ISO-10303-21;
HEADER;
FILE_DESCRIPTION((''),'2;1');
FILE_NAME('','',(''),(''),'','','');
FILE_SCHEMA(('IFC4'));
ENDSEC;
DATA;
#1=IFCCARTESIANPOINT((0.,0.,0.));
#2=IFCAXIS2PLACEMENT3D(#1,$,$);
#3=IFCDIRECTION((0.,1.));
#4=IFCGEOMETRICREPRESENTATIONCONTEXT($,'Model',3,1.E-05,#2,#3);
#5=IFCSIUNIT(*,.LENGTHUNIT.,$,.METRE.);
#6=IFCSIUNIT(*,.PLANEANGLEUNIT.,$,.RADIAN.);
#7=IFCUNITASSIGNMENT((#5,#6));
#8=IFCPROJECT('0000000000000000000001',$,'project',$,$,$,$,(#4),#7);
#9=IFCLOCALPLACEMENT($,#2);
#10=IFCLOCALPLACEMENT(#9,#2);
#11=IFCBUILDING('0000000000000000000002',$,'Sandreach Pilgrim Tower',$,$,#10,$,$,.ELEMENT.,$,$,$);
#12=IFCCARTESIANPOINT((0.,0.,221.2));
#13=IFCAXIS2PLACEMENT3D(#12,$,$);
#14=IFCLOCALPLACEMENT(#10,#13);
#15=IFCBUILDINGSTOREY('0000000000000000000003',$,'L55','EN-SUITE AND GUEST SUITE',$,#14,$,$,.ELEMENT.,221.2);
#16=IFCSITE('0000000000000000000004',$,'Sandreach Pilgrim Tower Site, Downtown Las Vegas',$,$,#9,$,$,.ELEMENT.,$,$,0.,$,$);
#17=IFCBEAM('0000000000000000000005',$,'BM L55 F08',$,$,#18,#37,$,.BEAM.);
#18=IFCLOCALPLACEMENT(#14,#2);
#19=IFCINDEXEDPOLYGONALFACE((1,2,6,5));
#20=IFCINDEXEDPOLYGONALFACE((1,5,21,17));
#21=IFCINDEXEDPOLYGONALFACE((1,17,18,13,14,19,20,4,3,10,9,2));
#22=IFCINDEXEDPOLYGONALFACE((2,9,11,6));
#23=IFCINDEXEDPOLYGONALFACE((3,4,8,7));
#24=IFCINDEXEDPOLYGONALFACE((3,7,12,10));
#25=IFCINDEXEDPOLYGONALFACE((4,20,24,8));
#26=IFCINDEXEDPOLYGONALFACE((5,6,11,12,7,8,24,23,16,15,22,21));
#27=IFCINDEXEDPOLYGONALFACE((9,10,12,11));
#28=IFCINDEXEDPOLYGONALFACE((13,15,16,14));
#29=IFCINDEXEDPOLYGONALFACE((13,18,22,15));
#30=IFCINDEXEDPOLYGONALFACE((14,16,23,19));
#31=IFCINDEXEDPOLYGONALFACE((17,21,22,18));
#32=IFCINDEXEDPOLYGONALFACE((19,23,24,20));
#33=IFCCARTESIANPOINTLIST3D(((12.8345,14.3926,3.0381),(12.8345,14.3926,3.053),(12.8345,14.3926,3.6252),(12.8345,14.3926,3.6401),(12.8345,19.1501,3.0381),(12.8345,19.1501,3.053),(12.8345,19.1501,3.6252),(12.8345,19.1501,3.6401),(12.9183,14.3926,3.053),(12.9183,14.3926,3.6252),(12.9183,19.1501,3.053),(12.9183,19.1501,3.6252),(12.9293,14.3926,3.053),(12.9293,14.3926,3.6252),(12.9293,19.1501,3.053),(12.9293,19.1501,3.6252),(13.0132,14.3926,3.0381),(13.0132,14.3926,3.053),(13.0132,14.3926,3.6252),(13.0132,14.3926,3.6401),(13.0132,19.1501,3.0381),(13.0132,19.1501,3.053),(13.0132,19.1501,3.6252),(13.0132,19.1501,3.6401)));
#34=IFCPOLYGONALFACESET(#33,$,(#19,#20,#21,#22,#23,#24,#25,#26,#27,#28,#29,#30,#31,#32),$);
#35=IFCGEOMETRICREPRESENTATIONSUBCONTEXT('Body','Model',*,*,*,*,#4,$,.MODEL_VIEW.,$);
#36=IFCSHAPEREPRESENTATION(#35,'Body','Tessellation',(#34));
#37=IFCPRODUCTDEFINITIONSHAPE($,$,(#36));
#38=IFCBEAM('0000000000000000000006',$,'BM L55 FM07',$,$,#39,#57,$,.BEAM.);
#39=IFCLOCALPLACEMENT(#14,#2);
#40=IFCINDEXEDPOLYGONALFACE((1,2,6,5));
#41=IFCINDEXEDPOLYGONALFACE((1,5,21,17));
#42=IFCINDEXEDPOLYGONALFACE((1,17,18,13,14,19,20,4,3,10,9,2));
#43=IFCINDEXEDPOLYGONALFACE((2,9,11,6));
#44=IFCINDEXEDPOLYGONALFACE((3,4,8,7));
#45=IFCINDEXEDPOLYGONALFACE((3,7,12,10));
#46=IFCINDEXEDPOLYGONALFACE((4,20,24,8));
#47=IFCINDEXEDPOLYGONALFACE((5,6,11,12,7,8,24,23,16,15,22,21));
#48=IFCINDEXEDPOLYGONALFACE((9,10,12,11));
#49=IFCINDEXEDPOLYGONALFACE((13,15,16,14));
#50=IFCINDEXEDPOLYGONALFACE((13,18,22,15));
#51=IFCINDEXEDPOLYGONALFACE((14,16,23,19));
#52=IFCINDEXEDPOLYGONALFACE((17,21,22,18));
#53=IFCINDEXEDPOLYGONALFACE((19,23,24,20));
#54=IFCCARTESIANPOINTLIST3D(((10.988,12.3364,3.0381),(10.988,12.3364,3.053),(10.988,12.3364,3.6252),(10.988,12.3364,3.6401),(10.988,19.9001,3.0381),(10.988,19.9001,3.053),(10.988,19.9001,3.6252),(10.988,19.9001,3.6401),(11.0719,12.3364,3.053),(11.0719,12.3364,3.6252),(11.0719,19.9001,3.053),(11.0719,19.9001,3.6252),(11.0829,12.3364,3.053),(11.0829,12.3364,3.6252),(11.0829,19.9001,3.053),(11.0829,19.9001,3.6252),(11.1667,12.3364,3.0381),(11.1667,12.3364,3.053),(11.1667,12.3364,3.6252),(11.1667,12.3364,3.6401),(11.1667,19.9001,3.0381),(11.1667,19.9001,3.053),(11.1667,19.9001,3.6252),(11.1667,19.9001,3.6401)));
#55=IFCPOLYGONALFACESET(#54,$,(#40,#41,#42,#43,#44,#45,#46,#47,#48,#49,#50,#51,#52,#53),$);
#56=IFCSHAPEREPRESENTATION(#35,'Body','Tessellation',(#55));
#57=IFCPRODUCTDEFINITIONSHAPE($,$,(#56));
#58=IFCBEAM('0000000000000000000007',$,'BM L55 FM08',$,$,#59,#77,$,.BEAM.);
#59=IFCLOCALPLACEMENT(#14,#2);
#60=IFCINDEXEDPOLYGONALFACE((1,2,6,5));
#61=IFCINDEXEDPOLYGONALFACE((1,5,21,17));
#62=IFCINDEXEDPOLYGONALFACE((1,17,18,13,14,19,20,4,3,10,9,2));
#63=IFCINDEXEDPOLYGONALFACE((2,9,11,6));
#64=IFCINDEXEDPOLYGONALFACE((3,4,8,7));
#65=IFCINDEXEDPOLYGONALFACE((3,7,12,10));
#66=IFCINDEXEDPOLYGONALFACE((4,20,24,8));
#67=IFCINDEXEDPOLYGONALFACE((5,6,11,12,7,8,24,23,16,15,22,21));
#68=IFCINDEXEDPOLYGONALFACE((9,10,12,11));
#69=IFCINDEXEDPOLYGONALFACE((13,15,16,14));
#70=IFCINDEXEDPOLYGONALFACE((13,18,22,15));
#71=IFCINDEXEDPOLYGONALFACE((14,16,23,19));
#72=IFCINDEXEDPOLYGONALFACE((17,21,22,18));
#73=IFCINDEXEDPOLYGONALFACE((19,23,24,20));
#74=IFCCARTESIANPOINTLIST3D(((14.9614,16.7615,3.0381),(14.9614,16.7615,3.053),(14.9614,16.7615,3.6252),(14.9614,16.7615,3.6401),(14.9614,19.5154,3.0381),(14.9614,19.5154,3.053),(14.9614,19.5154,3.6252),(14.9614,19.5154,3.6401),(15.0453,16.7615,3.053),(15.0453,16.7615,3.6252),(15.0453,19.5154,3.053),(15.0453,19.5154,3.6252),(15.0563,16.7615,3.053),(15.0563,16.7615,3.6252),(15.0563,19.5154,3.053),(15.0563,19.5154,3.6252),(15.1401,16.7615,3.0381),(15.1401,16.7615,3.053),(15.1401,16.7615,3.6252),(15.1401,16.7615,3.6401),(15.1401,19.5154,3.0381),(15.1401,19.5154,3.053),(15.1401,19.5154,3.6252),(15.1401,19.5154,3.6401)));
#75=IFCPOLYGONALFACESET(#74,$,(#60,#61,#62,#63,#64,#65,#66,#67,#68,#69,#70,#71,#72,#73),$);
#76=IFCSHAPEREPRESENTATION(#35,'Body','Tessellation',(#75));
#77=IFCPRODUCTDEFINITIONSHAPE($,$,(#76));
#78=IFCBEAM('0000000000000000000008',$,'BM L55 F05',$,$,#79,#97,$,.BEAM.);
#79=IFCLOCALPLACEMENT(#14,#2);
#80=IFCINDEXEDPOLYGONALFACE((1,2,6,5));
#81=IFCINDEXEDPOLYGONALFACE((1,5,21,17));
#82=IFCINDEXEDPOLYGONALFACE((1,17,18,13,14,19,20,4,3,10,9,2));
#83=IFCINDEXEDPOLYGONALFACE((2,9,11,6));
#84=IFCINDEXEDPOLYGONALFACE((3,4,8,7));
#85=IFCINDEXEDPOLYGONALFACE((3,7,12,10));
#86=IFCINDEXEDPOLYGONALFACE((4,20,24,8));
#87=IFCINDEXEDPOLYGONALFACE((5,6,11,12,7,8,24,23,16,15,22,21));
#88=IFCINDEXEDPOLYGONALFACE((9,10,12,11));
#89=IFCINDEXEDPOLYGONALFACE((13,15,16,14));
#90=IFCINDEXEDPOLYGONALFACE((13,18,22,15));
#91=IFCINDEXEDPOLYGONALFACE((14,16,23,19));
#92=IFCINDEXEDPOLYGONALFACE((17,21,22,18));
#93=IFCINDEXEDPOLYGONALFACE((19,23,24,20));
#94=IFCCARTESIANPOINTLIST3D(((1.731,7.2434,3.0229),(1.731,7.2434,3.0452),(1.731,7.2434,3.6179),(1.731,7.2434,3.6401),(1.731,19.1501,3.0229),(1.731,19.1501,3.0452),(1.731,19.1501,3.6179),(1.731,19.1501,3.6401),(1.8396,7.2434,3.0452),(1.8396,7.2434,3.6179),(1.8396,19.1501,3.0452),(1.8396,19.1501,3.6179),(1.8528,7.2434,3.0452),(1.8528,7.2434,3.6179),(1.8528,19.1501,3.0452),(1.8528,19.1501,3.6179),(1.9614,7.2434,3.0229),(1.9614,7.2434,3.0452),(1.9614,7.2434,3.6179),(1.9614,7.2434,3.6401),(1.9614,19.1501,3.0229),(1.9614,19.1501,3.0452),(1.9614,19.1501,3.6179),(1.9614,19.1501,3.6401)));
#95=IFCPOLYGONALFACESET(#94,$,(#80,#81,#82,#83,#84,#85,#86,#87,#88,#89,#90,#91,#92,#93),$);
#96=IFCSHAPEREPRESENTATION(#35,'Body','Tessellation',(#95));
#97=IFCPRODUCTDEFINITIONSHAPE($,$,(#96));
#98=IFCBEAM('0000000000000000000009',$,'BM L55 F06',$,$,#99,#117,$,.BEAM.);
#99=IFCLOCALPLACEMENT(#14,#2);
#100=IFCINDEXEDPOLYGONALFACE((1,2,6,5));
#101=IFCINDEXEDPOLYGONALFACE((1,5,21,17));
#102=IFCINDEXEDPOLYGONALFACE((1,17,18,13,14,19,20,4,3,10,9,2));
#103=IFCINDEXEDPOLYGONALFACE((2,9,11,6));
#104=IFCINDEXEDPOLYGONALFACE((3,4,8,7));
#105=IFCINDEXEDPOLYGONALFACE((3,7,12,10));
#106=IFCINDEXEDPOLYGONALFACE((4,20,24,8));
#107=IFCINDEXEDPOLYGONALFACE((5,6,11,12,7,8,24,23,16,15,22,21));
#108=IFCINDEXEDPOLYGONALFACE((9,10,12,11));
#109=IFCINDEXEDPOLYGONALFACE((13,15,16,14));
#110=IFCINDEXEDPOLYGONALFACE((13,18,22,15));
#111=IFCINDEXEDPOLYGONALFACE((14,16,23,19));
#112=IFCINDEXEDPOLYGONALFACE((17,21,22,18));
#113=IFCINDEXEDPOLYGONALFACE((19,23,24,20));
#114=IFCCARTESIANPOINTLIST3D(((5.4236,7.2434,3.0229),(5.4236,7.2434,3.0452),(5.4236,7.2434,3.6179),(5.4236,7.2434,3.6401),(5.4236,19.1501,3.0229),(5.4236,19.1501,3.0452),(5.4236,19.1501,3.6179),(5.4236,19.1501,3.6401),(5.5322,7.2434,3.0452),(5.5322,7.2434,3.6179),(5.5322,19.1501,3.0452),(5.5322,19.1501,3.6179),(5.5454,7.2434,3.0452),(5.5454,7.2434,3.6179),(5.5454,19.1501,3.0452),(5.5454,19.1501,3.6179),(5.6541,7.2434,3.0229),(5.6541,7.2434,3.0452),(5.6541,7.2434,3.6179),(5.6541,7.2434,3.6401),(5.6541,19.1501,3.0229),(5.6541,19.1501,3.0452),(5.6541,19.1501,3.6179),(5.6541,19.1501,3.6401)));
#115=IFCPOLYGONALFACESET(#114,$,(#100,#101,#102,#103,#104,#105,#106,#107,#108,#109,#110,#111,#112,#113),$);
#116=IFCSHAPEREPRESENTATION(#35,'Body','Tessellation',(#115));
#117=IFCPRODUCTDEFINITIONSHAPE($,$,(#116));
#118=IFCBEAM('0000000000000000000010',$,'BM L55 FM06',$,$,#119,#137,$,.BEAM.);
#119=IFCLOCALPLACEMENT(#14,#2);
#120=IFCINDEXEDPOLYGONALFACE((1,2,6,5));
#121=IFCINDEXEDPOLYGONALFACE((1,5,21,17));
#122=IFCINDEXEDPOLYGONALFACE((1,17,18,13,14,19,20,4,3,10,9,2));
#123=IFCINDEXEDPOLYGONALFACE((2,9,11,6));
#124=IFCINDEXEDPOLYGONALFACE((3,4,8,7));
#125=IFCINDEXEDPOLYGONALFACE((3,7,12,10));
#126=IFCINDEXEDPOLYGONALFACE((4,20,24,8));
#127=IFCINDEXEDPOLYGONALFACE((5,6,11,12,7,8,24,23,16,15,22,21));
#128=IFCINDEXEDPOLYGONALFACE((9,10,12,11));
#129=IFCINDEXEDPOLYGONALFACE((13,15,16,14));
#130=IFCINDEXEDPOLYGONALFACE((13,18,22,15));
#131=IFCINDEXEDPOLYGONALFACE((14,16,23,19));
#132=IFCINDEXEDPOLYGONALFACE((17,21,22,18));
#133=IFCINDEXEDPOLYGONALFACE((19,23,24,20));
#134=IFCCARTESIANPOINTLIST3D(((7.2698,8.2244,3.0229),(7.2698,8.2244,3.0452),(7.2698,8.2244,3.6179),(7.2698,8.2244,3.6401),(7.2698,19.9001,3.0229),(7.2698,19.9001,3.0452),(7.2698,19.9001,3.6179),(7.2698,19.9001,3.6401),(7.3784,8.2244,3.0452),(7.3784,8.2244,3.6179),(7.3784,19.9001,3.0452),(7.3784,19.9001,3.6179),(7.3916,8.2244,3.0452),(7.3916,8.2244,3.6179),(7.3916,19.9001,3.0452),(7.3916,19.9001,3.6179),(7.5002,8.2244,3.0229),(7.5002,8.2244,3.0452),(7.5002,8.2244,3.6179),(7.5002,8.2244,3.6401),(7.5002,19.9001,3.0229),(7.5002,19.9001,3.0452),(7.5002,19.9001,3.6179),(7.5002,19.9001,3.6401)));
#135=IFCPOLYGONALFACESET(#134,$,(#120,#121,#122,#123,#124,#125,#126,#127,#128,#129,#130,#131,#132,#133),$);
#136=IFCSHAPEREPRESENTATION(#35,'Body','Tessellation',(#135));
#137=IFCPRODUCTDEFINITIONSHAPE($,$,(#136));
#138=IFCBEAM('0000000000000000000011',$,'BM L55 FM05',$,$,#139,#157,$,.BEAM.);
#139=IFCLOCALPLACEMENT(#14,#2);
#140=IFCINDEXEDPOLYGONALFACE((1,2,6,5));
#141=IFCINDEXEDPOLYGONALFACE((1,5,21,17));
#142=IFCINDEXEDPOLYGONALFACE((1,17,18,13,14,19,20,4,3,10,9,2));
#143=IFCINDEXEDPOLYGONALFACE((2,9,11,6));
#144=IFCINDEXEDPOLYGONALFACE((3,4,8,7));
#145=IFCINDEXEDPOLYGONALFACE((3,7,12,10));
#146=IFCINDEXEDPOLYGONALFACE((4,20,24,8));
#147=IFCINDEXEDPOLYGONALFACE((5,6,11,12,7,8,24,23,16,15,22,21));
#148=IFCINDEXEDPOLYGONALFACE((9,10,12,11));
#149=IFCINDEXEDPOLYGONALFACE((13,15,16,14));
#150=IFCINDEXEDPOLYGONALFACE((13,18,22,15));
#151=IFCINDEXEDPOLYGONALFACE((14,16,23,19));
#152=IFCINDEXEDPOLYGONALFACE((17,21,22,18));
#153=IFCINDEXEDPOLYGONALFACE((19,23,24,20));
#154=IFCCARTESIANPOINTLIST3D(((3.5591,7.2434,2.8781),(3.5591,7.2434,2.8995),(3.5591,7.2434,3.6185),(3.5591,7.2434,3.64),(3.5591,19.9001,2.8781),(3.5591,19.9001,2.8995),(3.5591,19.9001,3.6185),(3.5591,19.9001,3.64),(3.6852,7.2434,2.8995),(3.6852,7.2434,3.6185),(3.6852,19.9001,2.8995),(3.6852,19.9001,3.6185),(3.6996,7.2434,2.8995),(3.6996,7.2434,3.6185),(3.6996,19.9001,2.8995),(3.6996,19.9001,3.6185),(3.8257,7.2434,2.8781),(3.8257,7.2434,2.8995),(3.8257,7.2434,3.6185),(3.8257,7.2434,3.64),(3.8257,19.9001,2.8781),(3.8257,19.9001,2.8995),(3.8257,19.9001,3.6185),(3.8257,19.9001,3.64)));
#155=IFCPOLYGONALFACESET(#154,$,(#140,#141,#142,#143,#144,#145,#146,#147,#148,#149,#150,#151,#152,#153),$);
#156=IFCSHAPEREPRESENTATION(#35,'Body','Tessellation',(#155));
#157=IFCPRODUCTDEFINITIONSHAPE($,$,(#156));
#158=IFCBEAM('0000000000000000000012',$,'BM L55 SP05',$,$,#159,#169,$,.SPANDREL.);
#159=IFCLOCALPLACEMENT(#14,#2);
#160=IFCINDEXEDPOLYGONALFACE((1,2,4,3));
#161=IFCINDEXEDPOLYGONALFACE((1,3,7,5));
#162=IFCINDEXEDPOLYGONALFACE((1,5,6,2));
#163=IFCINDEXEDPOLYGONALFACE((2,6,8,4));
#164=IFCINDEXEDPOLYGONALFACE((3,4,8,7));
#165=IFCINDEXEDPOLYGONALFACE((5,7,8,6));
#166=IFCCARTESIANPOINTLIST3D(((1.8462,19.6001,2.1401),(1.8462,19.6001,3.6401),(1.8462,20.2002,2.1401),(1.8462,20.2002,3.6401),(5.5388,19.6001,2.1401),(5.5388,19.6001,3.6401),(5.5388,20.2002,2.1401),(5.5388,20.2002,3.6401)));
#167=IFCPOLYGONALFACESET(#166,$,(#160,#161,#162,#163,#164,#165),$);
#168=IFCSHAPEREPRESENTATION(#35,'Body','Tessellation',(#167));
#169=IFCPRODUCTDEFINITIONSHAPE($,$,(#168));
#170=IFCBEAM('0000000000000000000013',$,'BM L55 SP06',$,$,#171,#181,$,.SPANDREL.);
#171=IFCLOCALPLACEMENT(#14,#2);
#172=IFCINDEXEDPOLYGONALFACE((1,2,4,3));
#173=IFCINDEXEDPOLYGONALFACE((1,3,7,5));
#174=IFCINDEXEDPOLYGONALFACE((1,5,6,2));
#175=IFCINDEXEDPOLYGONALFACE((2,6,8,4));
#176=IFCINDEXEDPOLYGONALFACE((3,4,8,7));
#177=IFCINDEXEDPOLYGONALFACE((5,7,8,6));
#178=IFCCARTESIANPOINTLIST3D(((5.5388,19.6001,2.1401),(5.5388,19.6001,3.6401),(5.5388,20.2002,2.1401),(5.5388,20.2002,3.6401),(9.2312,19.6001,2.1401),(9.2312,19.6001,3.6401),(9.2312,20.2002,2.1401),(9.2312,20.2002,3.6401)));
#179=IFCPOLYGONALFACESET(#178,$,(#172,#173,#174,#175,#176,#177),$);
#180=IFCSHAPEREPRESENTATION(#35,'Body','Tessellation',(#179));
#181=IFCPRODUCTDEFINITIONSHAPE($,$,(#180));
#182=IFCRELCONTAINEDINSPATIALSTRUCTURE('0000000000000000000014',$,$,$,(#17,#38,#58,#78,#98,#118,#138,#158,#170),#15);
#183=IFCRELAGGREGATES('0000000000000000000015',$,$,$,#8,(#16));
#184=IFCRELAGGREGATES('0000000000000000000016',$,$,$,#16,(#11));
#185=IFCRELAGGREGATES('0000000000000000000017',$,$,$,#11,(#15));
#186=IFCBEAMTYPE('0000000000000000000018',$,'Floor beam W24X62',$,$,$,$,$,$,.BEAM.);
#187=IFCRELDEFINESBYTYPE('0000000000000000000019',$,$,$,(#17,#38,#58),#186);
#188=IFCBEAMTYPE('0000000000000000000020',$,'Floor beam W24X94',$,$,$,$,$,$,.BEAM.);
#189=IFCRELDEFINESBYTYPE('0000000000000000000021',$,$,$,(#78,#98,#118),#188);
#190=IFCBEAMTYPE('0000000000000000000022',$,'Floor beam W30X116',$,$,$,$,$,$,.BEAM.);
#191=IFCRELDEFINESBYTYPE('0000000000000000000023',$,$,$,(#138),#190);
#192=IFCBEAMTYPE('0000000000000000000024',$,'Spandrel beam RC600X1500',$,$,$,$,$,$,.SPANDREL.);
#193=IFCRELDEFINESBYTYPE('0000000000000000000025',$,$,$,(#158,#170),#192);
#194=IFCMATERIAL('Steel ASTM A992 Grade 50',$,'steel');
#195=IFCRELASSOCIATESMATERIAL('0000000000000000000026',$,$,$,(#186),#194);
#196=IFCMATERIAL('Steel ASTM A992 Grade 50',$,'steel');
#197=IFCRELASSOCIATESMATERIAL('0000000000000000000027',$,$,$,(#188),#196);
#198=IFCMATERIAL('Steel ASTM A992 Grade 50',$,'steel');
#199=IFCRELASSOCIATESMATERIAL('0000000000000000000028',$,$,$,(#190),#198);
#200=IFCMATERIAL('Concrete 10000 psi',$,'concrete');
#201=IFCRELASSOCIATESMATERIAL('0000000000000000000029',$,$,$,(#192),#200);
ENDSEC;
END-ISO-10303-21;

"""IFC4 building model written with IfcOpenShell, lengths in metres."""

from ifc_helpers import new_model, si_unit, direction, frame, origin, origin_2d, place, context, subcontext, project, spatial, rectangle, i_section, extrude, material, material_profile, profile_set, type_object, element, save


model = new_model("IFC4")

# Units and contexts
model_context = context("Model", 3, precision=1e-05, world=origin(), true_north=direction((0.0, 1.0)))
body_context = subcontext(model_context, "Body", "Model", "MODEL_VIEW")
ifc_project = project(units=[si_unit("LENGTHUNIT", "METRE"), si_unit("PLANEANGLEUNIT", "RADIAN")], contexts=[model_context])

# Site, building, storey
site_placement = place(None, origin())
site = spatial("IfcSite", under=ifc_project, at=site_placement, Name="Sandreach Pilgrim Tower Site, Downtown Las Vegas", CompositionType="ELEMENT", RefElevation=0.0)
building_placement = place(site_placement, origin())
building = spatial("IfcBuilding", under=site, at=building_placement, Name="Sandreach Pilgrim Tower", CompositionType="ELEMENT")
storey_placement = place(building_placement, frame((0.0, 0.0, 221.2)))
storey = spatial("IfcBuildingStorey", under=building, at=storey_placement, Name="L55", Description="EN-SUITE AND GUEST SUITE", CompositionType="ELEMENT", Elevation=221.2)

# Beams
ifc_material_1 = material(Name="Steel ASTM A992 Grade 50", Category="steel")
ifc_material_profile_1 = material_profile(ifc_material_1, i_section(OverallWidth=0.1787, OverallDepth=0.6021, WebThickness=0.011, FlangeThickness=0.0149, at=origin_2d()), Name="W24X62")
ifc_profile_set_1 = profile_set([ifc_material_profile_1], Name="Steel ASTM A992 Grade 50")
beam_type_1 = type_object("IfcBeamType", Name="Floor beam W24X62", PredefinedType="BEAM", material=ifc_profile_set_1)
beam_1_placement = place(storey_placement, frame((12.9238, 19.1501, 3.3391), z_axis=(0.0, -1.0, 0.0), x_axis=(1.0, 0.0, 0.0)))
element("IfcBeam", 1, at=beam_1_placement, inside=storey, type_object=beam_type_1, Name="BM L55 F08", PredefinedType="BEAM", context=body_context, shape_type="SweptSolid", body=[
    extrude(i_section(OverallWidth=0.1787, OverallDepth=0.6021, WebThickness=0.011, FlangeThickness=0.0149, at=origin_2d()), origin(), (0.0, 0.0, 1.0), 4.7576),
])
beam_2_placement = place(storey_placement, frame((11.0774, 19.9001, 3.3391), z_axis=(0.0, -1.0, 0.0), x_axis=(1.0, 0.0, 0.0)))
element("IfcBeam", 2, at=beam_2_placement, inside=storey, type_object=beam_type_1, Name="BM L55 FM07", PredefinedType="BEAM", context=body_context, shape_type="SweptSolid", body=[
    extrude(i_section(OverallWidth=0.1787, OverallDepth=0.6021, WebThickness=0.011, FlangeThickness=0.0149, at=origin_2d()), origin(), (0.0, 0.0, 1.0), 7.5637),
])
beam_3_placement = place(storey_placement, frame((15.0508, 19.5154, 3.3391), z_axis=(0.0, -1.0, 0.0), x_axis=(1.0, 0.0, 0.0)))
element("IfcBeam", 3, at=beam_3_placement, inside=storey, type_object=beam_type_1, Name="BM L55 FM08", PredefinedType="BEAM", context=body_context, shape_type="SweptSolid", body=[
    extrude(i_section(OverallWidth=0.1787, OverallDepth=0.6021, WebThickness=0.011, FlangeThickness=0.0149, at=origin_2d()), origin(), (0.0, 0.0, 1.0), 2.7539),
])
ifc_material_2 = material(Name="Steel ASTM A992 Grade 50", Category="steel")
ifc_material_profile_2 = material_profile(ifc_material_2, i_section(OverallWidth=0.2305, OverallDepth=0.6172, WebThickness=0.0132, FlangeThickness=0.0222, at=origin_2d()), Name="W24X94")
ifc_profile_set_2 = profile_set([ifc_material_profile_2], Name="Steel ASTM A992 Grade 50")
beam_type_2 = type_object("IfcBeamType", Name="Floor beam W24X94", PredefinedType="BEAM", material=ifc_profile_set_2)
for number, where, z_axis, x_axis, name in (
    (4, (1.8462, 19.1501, 3.3315), (0.0, -1.0, 0.0), (1.0, 0.0, 0.0), "BM L55 F05"),
    (5, (5.5388, 19.1501, 3.3315), (0.0, -1.0, 0.0), (1.0, 0.0, 0.0), "BM L55 F06"),
):
    element("IfcBeam", number, at=place(storey_placement, frame(where, z_axis=z_axis, x_axis=x_axis)), inside=storey, type_object=beam_type_2, Name=name, PredefinedType="BEAM", context=body_context, shape_type="SweptSolid", body=[
        extrude(i_section(OverallWidth=0.2305, OverallDepth=0.6172, WebThickness=0.0132, FlangeThickness=0.0222, at=origin_2d()), origin(), (0.0, 0.0, 1.0), 11.9067),
    ])
beam_4_placement = place(storey_placement, frame((7.385, 19.9001, 3.3315), z_axis=(0.0, -1.0, 0.0), x_axis=(1.0, 0.0, 0.0)))
element("IfcBeam", 6, at=beam_4_placement, inside=storey, type_object=beam_type_2, Name="BM L55 FM06", PredefinedType="BEAM", context=body_context, shape_type="SweptSolid", body=[
    extrude(i_section(OverallWidth=0.2305, OverallDepth=0.6172, WebThickness=0.0132, FlangeThickness=0.0222, at=origin_2d()), origin(), (0.0, 0.0, 1.0), 11.6758),
])
ifc_material_3 = material(Name="Steel ASTM A992 Grade 50", Category="steel")
ifc_material_profile_3 = material_profile(ifc_material_3, i_section(OverallWidth=0.2666, OverallDepth=0.762, WebThickness=0.0144, FlangeThickness=0.0215, at=origin_2d()), Name="W30X116")
ifc_profile_set_3 = profile_set([ifc_material_profile_3], Name="Steel ASTM A992 Grade 50")
beam_type_3 = type_object("IfcBeamType", Name="Floor beam W30X116", PredefinedType="BEAM", material=ifc_profile_set_3)
beam_5_placement = place(storey_placement, frame((3.6924, 19.9001, 3.259), z_axis=(0.0, -1.0, 0.0), x_axis=(1.0, 0.0, 0.0)))
element("IfcBeam", 7, at=beam_5_placement, inside=storey, type_object=beam_type_3, Name="BM L55 FM05", PredefinedType="BEAM", context=body_context, shape_type="SweptSolid", body=[
    extrude(i_section(OverallWidth=0.2666, OverallDepth=0.762, WebThickness=0.0144, FlangeThickness=0.0215, at=origin_2d()), origin(), (0.0, 0.0, 1.0), 12.6567),
])
ifc_material_4 = material(Name="Concrete 10000 psi", Category="concrete")
ifc_material_profile_4 = material_profile(ifc_material_4, rectangle(XDim=0.6001, YDim=1.5, at=origin_2d()), Name="RC600X1500")
ifc_profile_set_4 = profile_set([ifc_material_profile_4], Name="Concrete 10000 psi")
beam_type_4 = type_object("IfcBeamType", Name="Spandrel beam RC600X1500", PredefinedType="SPANDREL", material=ifc_profile_set_4)
beam_6_placement = place(storey_placement, frame((1.8462, 19.9001, 2.8901), z_axis=(1.0, 0.0, 0.0), x_axis=(0.0, 1.0, 0.0)))
element("IfcBeam", 8, at=beam_6_placement, inside=storey, type_object=beam_type_4, Name="BM L55 SP05", PredefinedType="SPANDREL", context=body_context, shape_type="SweptSolid", body=[
    extrude(rectangle(XDim=0.6001, YDim=1.5, at=origin_2d()), origin(), (0.0, 0.0, 1.0), 3.6926),
])
beam_7_placement = place(storey_placement, frame((5.5388, 19.9001, 2.8901), z_axis=(1.0, 0.0, 0.0), x_axis=(0.0, 1.0, 0.0)))
element("IfcBeam", 9, at=beam_7_placement, inside=storey, type_object=beam_type_4, Name="BM L55 SP06", PredefinedType="SPANDREL", context=body_context, shape_type="SweptSolid", body=[
    extrude(rectangle(XDim=0.6001, YDim=1.5, at=origin_2d()), origin(), (0.0, 0.0, 1.0), 3.6924),
])

save(model, "model.ifc")
